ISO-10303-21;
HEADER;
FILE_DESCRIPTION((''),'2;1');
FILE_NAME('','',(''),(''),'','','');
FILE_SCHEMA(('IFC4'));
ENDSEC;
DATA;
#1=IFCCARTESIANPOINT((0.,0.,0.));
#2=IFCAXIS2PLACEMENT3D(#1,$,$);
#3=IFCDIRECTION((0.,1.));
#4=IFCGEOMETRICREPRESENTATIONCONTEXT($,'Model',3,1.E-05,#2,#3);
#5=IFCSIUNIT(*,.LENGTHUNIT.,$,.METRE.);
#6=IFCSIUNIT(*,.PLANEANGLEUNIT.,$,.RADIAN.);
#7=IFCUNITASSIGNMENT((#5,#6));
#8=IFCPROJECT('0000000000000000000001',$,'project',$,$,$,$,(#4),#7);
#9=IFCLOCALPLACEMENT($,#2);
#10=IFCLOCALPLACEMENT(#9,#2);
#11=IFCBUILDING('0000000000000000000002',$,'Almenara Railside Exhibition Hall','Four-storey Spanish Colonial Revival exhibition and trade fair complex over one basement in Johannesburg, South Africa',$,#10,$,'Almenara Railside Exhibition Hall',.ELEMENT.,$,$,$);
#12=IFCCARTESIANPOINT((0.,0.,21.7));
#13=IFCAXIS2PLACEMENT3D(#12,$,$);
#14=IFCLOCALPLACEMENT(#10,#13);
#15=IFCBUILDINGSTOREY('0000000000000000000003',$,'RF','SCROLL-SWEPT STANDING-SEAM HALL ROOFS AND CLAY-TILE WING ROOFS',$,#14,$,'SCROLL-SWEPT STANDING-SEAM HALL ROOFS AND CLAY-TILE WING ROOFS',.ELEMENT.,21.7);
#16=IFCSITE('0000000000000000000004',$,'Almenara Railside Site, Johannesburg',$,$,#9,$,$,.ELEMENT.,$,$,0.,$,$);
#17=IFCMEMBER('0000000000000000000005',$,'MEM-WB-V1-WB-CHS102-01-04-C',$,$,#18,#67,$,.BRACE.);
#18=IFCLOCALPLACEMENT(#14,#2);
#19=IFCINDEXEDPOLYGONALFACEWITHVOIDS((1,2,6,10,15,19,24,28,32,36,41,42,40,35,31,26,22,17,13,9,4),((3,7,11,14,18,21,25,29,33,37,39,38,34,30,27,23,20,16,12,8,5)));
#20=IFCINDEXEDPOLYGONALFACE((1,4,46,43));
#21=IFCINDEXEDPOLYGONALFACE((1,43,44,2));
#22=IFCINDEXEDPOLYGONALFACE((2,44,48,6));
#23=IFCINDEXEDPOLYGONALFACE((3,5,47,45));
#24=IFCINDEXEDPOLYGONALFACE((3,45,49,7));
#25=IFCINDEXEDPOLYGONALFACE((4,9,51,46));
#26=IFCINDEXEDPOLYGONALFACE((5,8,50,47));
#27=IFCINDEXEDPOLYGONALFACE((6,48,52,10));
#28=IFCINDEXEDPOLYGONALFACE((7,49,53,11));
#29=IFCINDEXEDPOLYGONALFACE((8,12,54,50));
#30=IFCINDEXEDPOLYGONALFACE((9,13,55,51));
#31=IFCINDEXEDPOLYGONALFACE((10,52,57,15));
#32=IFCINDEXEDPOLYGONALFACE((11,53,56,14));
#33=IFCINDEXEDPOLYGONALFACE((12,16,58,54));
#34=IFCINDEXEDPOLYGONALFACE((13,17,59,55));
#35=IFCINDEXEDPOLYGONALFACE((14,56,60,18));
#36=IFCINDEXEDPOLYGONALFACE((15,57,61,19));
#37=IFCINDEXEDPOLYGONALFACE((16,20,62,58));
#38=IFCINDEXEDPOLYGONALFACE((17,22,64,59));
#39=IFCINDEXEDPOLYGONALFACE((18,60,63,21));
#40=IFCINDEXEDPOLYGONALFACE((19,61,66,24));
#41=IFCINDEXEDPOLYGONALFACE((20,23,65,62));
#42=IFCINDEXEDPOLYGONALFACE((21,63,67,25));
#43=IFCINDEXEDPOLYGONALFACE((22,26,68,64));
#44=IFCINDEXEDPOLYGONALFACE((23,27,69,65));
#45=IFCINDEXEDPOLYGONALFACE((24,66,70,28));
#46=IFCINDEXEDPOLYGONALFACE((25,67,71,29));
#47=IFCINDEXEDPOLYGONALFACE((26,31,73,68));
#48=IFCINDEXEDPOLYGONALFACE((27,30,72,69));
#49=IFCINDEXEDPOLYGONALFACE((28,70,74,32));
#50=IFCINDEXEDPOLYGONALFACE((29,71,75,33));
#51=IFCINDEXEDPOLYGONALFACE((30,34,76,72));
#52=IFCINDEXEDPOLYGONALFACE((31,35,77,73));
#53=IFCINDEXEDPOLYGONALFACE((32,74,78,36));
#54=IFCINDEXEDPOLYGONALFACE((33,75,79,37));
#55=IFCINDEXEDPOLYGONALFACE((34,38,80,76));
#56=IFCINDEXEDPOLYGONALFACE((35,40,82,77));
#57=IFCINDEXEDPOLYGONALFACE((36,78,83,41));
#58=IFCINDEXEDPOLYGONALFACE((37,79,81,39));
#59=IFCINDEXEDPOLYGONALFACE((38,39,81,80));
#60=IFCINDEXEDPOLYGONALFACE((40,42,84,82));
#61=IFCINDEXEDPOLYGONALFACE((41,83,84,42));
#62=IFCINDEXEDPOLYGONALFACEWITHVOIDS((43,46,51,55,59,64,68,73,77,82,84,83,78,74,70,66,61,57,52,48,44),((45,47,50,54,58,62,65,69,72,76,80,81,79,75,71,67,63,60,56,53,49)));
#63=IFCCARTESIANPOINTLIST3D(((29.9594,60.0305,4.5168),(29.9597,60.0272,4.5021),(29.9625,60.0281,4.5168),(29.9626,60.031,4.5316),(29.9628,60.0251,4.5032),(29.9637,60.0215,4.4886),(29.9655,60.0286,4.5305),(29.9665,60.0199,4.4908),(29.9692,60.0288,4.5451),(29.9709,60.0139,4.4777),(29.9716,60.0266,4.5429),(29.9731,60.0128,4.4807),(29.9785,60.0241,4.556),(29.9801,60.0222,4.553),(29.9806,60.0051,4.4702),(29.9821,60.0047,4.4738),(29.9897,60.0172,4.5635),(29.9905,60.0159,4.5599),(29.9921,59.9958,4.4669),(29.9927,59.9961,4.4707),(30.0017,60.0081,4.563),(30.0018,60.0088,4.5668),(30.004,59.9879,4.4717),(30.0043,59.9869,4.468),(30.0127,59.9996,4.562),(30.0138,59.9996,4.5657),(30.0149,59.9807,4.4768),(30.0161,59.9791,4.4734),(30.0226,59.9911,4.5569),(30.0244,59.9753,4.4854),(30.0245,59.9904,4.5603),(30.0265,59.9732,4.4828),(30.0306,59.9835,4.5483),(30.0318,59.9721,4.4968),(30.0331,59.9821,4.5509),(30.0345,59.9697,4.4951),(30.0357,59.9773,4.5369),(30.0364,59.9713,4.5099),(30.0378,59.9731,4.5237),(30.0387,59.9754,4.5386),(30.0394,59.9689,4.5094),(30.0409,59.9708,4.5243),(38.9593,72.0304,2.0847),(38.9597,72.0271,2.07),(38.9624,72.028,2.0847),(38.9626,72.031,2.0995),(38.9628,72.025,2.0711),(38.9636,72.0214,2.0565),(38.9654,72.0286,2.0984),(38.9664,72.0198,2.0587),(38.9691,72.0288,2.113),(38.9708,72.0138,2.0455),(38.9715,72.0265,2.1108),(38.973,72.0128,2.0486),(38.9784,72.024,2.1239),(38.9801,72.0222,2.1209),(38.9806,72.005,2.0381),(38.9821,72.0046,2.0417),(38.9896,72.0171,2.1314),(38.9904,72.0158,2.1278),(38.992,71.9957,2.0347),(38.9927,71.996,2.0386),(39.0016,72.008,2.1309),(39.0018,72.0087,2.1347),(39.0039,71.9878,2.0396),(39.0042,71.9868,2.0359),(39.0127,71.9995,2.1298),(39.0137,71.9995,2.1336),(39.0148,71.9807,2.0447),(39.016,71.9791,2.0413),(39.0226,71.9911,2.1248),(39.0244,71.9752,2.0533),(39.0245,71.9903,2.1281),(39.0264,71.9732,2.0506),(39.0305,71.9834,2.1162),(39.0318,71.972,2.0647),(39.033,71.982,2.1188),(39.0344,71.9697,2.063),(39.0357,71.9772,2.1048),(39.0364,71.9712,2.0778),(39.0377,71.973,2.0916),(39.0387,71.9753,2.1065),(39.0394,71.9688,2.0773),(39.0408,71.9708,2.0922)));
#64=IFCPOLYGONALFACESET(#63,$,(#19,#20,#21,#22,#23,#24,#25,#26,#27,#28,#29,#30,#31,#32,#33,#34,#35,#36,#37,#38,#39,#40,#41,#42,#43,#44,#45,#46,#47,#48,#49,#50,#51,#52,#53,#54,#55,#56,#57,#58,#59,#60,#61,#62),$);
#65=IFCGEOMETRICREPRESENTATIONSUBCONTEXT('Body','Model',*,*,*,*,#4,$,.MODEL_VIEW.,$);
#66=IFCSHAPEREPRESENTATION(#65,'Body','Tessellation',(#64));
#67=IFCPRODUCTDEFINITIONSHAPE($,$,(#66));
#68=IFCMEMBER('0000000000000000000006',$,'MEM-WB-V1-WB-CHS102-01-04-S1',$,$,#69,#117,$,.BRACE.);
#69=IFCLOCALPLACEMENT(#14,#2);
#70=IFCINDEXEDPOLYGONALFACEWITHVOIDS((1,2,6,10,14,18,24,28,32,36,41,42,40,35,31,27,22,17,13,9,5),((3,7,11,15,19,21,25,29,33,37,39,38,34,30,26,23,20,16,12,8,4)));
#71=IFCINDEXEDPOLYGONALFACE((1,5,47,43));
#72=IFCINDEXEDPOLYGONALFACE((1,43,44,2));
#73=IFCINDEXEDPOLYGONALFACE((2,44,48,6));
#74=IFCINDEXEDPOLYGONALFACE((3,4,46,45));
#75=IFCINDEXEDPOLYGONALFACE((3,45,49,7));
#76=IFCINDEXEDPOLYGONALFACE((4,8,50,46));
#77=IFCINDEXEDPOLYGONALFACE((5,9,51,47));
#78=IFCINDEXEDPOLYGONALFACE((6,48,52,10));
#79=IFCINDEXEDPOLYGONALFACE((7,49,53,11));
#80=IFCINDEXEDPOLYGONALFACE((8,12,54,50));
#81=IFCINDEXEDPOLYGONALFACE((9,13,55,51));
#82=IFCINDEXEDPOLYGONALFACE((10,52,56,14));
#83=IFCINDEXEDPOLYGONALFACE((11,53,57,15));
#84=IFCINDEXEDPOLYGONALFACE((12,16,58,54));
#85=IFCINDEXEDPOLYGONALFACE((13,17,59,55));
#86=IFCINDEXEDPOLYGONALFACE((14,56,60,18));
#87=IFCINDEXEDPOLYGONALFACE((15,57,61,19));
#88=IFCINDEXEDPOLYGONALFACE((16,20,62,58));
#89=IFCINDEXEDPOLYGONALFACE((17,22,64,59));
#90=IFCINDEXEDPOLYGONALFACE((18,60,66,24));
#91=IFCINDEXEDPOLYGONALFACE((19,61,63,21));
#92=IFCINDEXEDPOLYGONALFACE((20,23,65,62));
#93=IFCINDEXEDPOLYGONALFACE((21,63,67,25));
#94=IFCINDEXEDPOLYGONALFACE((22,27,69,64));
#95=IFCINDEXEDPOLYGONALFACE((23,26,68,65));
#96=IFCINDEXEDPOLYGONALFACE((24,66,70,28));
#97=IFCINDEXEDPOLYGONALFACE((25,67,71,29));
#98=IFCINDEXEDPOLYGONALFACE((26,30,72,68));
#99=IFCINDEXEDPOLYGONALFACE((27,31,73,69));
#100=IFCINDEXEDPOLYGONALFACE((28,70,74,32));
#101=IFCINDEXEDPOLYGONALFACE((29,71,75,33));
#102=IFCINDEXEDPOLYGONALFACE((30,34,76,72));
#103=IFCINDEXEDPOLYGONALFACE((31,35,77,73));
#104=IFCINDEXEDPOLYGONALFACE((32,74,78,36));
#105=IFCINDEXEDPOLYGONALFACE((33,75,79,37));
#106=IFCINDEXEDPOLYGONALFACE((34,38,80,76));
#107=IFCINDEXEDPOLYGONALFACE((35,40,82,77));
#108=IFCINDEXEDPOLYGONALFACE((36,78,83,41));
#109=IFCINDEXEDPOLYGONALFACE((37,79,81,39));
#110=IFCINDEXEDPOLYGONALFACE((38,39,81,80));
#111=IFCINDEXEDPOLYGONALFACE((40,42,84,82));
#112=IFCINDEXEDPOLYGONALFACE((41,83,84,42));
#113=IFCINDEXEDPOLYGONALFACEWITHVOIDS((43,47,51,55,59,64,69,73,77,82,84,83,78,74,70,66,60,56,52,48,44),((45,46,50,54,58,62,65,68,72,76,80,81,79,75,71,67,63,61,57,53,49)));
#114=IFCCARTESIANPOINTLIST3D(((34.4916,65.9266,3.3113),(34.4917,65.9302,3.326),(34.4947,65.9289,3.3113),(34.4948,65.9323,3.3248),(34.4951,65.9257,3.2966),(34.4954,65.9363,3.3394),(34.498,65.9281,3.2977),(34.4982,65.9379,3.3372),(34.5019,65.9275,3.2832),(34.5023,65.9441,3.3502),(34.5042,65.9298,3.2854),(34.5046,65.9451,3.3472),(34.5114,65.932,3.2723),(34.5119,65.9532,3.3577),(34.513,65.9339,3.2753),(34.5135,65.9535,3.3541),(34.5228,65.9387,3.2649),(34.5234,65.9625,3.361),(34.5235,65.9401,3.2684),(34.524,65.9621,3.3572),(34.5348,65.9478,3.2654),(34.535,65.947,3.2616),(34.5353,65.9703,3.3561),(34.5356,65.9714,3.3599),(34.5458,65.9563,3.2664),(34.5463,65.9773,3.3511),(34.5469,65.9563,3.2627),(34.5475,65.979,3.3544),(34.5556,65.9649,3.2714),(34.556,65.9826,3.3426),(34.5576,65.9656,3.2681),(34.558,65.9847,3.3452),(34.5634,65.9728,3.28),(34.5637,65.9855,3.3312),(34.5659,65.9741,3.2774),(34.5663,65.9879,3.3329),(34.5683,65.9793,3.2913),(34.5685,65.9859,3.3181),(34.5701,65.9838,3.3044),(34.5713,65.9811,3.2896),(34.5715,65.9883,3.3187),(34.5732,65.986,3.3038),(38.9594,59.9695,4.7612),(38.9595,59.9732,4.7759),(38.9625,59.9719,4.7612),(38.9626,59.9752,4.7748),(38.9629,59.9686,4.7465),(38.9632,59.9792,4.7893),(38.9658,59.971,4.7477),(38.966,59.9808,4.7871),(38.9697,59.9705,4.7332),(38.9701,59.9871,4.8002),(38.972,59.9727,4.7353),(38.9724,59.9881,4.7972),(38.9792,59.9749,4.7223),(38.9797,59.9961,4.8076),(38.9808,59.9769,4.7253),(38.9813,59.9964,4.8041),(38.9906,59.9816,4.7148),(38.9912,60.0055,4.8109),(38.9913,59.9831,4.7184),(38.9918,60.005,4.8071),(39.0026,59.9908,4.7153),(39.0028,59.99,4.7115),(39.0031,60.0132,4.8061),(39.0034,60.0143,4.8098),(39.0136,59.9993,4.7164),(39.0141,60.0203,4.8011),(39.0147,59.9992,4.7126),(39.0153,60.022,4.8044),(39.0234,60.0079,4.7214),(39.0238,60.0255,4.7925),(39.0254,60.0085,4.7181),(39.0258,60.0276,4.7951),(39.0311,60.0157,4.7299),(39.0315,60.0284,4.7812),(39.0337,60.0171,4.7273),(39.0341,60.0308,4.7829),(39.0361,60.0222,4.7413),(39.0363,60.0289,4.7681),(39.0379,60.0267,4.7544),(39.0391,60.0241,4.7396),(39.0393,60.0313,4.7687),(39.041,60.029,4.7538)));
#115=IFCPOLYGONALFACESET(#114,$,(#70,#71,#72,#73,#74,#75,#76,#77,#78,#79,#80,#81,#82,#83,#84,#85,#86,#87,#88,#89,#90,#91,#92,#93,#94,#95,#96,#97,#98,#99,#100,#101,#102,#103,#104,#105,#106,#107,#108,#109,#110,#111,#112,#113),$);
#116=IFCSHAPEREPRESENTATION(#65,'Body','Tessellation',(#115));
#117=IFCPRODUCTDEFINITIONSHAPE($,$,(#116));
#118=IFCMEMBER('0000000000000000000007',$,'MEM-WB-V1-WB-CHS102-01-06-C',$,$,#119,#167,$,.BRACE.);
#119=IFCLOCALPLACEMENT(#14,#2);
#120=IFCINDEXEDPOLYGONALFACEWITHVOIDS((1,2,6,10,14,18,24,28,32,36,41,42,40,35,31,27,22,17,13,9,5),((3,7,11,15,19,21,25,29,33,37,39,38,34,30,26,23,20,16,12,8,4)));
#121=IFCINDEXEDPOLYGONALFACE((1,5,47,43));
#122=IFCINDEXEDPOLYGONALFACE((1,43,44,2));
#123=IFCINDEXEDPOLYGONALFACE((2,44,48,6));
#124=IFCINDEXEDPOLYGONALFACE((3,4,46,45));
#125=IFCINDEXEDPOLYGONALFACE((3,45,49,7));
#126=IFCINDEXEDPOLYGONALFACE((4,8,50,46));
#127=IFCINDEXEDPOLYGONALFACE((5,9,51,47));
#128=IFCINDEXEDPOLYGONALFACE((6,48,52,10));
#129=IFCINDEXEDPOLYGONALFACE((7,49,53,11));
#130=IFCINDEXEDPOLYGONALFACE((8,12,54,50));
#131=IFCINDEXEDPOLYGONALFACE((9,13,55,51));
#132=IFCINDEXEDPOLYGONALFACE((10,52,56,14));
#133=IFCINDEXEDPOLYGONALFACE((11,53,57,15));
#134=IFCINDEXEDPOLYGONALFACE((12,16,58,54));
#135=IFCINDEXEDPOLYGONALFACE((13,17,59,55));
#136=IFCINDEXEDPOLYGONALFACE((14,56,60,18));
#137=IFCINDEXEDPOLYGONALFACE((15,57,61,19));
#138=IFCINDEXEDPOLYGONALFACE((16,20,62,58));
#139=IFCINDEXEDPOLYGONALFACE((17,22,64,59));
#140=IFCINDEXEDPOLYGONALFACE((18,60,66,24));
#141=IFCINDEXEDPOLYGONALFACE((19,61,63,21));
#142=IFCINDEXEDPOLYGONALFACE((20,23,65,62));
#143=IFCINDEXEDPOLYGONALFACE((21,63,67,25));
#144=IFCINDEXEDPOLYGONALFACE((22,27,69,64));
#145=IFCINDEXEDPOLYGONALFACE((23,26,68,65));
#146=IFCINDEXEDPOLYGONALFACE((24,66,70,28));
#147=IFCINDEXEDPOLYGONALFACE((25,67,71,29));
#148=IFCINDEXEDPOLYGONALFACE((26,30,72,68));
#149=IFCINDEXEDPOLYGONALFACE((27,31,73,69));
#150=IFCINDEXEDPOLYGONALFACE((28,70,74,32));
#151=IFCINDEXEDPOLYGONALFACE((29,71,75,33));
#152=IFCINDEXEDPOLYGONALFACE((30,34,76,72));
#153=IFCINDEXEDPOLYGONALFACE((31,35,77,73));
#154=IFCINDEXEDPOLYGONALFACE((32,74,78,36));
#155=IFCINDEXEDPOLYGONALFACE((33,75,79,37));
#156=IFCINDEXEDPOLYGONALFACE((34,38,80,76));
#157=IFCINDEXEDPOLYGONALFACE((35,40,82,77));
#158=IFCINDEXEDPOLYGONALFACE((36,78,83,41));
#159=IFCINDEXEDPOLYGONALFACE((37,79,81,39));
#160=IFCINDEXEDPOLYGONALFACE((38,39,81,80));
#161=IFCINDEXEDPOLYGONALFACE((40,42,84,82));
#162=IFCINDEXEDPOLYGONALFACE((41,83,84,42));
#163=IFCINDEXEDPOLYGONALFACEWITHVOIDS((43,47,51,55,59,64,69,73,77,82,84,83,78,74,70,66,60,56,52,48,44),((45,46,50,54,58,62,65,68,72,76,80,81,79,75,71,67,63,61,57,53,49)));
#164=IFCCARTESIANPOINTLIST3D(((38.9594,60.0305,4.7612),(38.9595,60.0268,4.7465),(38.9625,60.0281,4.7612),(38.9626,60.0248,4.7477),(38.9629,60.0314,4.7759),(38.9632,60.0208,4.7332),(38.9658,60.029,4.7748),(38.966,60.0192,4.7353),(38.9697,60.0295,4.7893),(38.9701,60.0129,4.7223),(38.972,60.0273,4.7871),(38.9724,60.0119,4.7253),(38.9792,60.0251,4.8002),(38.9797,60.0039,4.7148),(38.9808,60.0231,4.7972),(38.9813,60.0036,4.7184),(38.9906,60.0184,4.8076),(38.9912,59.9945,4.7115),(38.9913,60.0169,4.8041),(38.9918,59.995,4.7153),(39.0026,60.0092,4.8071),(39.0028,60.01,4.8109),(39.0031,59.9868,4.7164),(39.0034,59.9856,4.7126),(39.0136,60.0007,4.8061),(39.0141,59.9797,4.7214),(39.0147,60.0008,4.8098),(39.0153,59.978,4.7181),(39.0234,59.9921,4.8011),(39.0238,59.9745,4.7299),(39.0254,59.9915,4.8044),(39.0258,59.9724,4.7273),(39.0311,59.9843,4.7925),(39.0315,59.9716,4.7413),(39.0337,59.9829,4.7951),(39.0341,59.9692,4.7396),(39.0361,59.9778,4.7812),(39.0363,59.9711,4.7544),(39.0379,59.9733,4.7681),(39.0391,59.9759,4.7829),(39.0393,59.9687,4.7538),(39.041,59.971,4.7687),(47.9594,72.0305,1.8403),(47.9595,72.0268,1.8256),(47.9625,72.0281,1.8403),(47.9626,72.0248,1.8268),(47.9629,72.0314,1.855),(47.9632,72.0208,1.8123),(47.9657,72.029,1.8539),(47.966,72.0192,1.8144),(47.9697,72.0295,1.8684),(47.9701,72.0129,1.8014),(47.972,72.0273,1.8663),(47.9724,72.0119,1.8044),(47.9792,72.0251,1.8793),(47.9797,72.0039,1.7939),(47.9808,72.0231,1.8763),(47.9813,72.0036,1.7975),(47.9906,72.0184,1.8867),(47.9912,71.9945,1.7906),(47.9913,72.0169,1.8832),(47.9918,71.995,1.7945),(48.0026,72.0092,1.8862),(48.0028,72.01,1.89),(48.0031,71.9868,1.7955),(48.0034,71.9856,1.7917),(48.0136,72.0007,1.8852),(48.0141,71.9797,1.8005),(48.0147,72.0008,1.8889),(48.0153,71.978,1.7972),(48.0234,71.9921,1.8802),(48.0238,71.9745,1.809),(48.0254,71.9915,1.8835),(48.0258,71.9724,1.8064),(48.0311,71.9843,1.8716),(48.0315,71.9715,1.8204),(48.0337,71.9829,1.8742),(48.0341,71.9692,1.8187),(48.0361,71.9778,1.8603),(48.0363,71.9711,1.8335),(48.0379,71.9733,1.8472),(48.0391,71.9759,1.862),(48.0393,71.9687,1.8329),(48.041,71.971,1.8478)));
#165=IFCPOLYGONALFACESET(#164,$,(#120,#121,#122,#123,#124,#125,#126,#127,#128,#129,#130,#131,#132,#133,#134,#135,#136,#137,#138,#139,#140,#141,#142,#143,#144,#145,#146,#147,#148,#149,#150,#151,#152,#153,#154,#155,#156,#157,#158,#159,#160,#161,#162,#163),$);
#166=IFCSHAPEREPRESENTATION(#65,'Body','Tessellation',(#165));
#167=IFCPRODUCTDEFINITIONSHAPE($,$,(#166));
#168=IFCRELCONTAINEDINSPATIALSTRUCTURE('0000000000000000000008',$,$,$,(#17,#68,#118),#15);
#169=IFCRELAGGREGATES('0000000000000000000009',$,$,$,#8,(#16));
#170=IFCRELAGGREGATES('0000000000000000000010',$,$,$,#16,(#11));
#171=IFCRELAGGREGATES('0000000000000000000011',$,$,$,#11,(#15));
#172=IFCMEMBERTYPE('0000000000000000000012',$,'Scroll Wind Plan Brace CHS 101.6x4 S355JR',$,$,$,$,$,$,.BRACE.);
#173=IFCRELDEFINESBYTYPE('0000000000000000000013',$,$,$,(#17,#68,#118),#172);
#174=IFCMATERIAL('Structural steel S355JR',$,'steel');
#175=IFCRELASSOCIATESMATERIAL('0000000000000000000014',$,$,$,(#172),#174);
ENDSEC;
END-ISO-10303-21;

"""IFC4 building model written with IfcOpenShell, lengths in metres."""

from ifc_helpers import new_model, si_unit, direction, frame, origin, origin_2d, place, context, subcontext, project, spatial, hollow_circle, extrude, material, material_profile, profile_set, type_object, element, save


model = new_model("IFC4")

# Units and contexts
model_context = context("Model", 3, precision=1e-05, world=origin(), true_north=direction((0.0, 1.0)))
body_context = subcontext(model_context, "Body", "Model", "MODEL_VIEW")
ifc_project = project(units=[si_unit("LENGTHUNIT", "METRE"), si_unit("PLANEANGLEUNIT", "RADIAN")], contexts=[model_context])

# Site, building, storey
site_placement = place(None, origin())
site = spatial("IfcSite", under=ifc_project, at=site_placement, Name="Almenara Railside Site, Johannesburg", CompositionType="ELEMENT", RefElevation=0.0)
building_placement = place(site_placement, origin())
building = spatial("IfcBuilding", under=site, at=building_placement, Name="Almenara Railside Exhibition Hall", Description="Four-storey Spanish Colonial Revival exhibition and trade fair complex over one basement in Johannesburg, South Africa", LongName="Almenara Railside Exhibition Hall", CompositionType="ELEMENT")
storey_placement = place(building_placement, frame((0.0, 0.0, 21.7)))
storey = spatial("IfcBuildingStorey", under=building, at=storey_placement, Name="RF", Description="SCROLL-SWEPT STANDING-SEAM HALL ROOFS AND CLAY-TILE WING ROOFS", LongName="SCROLL-SWEPT STANDING-SEAM HALL ROOFS AND CLAY-TILE WING ROOFS", CompositionType="ELEMENT", Elevation=21.7)

# Members
ifc_material_1 = material(Name="Structural steel S355JR", Category="steel")
ifc_material_profile_1 = material_profile(ifc_material_1, hollow_circle(Radius=0.0508, WallThickness=0.0039, at=origin_2d()), Name="CHS 101.6x4")
ifc_profile_set_1 = profile_set([ifc_material_profile_1], Name="Structural steel S355JR")
member_type_1 = type_object("IfcMemberType", Name="Scroll Wind Plan Brace CHS 101.6x4 S355JR", PredefinedType="BRACE", material=ifc_profile_set_1)
member_1_placement = place(storey_placement, frame((30.0, 60.0, 4.5168), z_axis=(0.592265, 0.789687, -0.160052), x_axis=(-0.8, 0.6, 0.0)))
element("IfcMember", 1, at=member_1_placement, inside=storey, type_object=member_type_1, Name="MEM-WB-V1-WB-CHS102-01-04-C", PredefinedType="BRACE", context=body_context, shape_type="SweptSolid", body=[
    extrude(hollow_circle(Radius=0.0508, WallThickness=0.0039, at=origin_2d()), origin(), (0.0, 0.0, 1.0), 15.1958),
])
member_2_placement = place(storey_placement, frame((39.0, 60.0, 4.7612), z_axis=(-0.588939, 0.785252, -0.191132), x_axis=(-0.8, -0.6, 0.0)))
element("IfcMember", 2, at=member_2_placement, inside=storey, type_object=member_type_1, Name="MEM-WB-V1-WB-CHS102-01-04-S1", PredefinedType="BRACE", context=body_context, shape_type="SweptSolid", body=[
    extrude(hollow_circle(Radius=0.0508, WallThickness=0.0039, at=origin_2d()), origin(), (0.0, 0.0, 1.0), 7.5862),
])
member_3_placement = place(storey_placement, frame((39.0, 60.0, 4.7612), z_axis=(0.588938, 0.785251, -0.191136), x_axis=(-0.8, 0.6, 0.0)))
element("IfcMember", 3, at=member_3_placement, inside=storey, type_object=member_type_1, Name="MEM-WB-V1-WB-CHS102-01-06-C", PredefinedType="BRACE", context=body_context, shape_type="SweptSolid", body=[
    extrude(hollow_circle(Radius=0.0508, WallThickness=0.0039, at=origin_2d()), origin(), (0.0, 0.0, 1.0), 15.2817),
])

save(model, "model.ifc")
